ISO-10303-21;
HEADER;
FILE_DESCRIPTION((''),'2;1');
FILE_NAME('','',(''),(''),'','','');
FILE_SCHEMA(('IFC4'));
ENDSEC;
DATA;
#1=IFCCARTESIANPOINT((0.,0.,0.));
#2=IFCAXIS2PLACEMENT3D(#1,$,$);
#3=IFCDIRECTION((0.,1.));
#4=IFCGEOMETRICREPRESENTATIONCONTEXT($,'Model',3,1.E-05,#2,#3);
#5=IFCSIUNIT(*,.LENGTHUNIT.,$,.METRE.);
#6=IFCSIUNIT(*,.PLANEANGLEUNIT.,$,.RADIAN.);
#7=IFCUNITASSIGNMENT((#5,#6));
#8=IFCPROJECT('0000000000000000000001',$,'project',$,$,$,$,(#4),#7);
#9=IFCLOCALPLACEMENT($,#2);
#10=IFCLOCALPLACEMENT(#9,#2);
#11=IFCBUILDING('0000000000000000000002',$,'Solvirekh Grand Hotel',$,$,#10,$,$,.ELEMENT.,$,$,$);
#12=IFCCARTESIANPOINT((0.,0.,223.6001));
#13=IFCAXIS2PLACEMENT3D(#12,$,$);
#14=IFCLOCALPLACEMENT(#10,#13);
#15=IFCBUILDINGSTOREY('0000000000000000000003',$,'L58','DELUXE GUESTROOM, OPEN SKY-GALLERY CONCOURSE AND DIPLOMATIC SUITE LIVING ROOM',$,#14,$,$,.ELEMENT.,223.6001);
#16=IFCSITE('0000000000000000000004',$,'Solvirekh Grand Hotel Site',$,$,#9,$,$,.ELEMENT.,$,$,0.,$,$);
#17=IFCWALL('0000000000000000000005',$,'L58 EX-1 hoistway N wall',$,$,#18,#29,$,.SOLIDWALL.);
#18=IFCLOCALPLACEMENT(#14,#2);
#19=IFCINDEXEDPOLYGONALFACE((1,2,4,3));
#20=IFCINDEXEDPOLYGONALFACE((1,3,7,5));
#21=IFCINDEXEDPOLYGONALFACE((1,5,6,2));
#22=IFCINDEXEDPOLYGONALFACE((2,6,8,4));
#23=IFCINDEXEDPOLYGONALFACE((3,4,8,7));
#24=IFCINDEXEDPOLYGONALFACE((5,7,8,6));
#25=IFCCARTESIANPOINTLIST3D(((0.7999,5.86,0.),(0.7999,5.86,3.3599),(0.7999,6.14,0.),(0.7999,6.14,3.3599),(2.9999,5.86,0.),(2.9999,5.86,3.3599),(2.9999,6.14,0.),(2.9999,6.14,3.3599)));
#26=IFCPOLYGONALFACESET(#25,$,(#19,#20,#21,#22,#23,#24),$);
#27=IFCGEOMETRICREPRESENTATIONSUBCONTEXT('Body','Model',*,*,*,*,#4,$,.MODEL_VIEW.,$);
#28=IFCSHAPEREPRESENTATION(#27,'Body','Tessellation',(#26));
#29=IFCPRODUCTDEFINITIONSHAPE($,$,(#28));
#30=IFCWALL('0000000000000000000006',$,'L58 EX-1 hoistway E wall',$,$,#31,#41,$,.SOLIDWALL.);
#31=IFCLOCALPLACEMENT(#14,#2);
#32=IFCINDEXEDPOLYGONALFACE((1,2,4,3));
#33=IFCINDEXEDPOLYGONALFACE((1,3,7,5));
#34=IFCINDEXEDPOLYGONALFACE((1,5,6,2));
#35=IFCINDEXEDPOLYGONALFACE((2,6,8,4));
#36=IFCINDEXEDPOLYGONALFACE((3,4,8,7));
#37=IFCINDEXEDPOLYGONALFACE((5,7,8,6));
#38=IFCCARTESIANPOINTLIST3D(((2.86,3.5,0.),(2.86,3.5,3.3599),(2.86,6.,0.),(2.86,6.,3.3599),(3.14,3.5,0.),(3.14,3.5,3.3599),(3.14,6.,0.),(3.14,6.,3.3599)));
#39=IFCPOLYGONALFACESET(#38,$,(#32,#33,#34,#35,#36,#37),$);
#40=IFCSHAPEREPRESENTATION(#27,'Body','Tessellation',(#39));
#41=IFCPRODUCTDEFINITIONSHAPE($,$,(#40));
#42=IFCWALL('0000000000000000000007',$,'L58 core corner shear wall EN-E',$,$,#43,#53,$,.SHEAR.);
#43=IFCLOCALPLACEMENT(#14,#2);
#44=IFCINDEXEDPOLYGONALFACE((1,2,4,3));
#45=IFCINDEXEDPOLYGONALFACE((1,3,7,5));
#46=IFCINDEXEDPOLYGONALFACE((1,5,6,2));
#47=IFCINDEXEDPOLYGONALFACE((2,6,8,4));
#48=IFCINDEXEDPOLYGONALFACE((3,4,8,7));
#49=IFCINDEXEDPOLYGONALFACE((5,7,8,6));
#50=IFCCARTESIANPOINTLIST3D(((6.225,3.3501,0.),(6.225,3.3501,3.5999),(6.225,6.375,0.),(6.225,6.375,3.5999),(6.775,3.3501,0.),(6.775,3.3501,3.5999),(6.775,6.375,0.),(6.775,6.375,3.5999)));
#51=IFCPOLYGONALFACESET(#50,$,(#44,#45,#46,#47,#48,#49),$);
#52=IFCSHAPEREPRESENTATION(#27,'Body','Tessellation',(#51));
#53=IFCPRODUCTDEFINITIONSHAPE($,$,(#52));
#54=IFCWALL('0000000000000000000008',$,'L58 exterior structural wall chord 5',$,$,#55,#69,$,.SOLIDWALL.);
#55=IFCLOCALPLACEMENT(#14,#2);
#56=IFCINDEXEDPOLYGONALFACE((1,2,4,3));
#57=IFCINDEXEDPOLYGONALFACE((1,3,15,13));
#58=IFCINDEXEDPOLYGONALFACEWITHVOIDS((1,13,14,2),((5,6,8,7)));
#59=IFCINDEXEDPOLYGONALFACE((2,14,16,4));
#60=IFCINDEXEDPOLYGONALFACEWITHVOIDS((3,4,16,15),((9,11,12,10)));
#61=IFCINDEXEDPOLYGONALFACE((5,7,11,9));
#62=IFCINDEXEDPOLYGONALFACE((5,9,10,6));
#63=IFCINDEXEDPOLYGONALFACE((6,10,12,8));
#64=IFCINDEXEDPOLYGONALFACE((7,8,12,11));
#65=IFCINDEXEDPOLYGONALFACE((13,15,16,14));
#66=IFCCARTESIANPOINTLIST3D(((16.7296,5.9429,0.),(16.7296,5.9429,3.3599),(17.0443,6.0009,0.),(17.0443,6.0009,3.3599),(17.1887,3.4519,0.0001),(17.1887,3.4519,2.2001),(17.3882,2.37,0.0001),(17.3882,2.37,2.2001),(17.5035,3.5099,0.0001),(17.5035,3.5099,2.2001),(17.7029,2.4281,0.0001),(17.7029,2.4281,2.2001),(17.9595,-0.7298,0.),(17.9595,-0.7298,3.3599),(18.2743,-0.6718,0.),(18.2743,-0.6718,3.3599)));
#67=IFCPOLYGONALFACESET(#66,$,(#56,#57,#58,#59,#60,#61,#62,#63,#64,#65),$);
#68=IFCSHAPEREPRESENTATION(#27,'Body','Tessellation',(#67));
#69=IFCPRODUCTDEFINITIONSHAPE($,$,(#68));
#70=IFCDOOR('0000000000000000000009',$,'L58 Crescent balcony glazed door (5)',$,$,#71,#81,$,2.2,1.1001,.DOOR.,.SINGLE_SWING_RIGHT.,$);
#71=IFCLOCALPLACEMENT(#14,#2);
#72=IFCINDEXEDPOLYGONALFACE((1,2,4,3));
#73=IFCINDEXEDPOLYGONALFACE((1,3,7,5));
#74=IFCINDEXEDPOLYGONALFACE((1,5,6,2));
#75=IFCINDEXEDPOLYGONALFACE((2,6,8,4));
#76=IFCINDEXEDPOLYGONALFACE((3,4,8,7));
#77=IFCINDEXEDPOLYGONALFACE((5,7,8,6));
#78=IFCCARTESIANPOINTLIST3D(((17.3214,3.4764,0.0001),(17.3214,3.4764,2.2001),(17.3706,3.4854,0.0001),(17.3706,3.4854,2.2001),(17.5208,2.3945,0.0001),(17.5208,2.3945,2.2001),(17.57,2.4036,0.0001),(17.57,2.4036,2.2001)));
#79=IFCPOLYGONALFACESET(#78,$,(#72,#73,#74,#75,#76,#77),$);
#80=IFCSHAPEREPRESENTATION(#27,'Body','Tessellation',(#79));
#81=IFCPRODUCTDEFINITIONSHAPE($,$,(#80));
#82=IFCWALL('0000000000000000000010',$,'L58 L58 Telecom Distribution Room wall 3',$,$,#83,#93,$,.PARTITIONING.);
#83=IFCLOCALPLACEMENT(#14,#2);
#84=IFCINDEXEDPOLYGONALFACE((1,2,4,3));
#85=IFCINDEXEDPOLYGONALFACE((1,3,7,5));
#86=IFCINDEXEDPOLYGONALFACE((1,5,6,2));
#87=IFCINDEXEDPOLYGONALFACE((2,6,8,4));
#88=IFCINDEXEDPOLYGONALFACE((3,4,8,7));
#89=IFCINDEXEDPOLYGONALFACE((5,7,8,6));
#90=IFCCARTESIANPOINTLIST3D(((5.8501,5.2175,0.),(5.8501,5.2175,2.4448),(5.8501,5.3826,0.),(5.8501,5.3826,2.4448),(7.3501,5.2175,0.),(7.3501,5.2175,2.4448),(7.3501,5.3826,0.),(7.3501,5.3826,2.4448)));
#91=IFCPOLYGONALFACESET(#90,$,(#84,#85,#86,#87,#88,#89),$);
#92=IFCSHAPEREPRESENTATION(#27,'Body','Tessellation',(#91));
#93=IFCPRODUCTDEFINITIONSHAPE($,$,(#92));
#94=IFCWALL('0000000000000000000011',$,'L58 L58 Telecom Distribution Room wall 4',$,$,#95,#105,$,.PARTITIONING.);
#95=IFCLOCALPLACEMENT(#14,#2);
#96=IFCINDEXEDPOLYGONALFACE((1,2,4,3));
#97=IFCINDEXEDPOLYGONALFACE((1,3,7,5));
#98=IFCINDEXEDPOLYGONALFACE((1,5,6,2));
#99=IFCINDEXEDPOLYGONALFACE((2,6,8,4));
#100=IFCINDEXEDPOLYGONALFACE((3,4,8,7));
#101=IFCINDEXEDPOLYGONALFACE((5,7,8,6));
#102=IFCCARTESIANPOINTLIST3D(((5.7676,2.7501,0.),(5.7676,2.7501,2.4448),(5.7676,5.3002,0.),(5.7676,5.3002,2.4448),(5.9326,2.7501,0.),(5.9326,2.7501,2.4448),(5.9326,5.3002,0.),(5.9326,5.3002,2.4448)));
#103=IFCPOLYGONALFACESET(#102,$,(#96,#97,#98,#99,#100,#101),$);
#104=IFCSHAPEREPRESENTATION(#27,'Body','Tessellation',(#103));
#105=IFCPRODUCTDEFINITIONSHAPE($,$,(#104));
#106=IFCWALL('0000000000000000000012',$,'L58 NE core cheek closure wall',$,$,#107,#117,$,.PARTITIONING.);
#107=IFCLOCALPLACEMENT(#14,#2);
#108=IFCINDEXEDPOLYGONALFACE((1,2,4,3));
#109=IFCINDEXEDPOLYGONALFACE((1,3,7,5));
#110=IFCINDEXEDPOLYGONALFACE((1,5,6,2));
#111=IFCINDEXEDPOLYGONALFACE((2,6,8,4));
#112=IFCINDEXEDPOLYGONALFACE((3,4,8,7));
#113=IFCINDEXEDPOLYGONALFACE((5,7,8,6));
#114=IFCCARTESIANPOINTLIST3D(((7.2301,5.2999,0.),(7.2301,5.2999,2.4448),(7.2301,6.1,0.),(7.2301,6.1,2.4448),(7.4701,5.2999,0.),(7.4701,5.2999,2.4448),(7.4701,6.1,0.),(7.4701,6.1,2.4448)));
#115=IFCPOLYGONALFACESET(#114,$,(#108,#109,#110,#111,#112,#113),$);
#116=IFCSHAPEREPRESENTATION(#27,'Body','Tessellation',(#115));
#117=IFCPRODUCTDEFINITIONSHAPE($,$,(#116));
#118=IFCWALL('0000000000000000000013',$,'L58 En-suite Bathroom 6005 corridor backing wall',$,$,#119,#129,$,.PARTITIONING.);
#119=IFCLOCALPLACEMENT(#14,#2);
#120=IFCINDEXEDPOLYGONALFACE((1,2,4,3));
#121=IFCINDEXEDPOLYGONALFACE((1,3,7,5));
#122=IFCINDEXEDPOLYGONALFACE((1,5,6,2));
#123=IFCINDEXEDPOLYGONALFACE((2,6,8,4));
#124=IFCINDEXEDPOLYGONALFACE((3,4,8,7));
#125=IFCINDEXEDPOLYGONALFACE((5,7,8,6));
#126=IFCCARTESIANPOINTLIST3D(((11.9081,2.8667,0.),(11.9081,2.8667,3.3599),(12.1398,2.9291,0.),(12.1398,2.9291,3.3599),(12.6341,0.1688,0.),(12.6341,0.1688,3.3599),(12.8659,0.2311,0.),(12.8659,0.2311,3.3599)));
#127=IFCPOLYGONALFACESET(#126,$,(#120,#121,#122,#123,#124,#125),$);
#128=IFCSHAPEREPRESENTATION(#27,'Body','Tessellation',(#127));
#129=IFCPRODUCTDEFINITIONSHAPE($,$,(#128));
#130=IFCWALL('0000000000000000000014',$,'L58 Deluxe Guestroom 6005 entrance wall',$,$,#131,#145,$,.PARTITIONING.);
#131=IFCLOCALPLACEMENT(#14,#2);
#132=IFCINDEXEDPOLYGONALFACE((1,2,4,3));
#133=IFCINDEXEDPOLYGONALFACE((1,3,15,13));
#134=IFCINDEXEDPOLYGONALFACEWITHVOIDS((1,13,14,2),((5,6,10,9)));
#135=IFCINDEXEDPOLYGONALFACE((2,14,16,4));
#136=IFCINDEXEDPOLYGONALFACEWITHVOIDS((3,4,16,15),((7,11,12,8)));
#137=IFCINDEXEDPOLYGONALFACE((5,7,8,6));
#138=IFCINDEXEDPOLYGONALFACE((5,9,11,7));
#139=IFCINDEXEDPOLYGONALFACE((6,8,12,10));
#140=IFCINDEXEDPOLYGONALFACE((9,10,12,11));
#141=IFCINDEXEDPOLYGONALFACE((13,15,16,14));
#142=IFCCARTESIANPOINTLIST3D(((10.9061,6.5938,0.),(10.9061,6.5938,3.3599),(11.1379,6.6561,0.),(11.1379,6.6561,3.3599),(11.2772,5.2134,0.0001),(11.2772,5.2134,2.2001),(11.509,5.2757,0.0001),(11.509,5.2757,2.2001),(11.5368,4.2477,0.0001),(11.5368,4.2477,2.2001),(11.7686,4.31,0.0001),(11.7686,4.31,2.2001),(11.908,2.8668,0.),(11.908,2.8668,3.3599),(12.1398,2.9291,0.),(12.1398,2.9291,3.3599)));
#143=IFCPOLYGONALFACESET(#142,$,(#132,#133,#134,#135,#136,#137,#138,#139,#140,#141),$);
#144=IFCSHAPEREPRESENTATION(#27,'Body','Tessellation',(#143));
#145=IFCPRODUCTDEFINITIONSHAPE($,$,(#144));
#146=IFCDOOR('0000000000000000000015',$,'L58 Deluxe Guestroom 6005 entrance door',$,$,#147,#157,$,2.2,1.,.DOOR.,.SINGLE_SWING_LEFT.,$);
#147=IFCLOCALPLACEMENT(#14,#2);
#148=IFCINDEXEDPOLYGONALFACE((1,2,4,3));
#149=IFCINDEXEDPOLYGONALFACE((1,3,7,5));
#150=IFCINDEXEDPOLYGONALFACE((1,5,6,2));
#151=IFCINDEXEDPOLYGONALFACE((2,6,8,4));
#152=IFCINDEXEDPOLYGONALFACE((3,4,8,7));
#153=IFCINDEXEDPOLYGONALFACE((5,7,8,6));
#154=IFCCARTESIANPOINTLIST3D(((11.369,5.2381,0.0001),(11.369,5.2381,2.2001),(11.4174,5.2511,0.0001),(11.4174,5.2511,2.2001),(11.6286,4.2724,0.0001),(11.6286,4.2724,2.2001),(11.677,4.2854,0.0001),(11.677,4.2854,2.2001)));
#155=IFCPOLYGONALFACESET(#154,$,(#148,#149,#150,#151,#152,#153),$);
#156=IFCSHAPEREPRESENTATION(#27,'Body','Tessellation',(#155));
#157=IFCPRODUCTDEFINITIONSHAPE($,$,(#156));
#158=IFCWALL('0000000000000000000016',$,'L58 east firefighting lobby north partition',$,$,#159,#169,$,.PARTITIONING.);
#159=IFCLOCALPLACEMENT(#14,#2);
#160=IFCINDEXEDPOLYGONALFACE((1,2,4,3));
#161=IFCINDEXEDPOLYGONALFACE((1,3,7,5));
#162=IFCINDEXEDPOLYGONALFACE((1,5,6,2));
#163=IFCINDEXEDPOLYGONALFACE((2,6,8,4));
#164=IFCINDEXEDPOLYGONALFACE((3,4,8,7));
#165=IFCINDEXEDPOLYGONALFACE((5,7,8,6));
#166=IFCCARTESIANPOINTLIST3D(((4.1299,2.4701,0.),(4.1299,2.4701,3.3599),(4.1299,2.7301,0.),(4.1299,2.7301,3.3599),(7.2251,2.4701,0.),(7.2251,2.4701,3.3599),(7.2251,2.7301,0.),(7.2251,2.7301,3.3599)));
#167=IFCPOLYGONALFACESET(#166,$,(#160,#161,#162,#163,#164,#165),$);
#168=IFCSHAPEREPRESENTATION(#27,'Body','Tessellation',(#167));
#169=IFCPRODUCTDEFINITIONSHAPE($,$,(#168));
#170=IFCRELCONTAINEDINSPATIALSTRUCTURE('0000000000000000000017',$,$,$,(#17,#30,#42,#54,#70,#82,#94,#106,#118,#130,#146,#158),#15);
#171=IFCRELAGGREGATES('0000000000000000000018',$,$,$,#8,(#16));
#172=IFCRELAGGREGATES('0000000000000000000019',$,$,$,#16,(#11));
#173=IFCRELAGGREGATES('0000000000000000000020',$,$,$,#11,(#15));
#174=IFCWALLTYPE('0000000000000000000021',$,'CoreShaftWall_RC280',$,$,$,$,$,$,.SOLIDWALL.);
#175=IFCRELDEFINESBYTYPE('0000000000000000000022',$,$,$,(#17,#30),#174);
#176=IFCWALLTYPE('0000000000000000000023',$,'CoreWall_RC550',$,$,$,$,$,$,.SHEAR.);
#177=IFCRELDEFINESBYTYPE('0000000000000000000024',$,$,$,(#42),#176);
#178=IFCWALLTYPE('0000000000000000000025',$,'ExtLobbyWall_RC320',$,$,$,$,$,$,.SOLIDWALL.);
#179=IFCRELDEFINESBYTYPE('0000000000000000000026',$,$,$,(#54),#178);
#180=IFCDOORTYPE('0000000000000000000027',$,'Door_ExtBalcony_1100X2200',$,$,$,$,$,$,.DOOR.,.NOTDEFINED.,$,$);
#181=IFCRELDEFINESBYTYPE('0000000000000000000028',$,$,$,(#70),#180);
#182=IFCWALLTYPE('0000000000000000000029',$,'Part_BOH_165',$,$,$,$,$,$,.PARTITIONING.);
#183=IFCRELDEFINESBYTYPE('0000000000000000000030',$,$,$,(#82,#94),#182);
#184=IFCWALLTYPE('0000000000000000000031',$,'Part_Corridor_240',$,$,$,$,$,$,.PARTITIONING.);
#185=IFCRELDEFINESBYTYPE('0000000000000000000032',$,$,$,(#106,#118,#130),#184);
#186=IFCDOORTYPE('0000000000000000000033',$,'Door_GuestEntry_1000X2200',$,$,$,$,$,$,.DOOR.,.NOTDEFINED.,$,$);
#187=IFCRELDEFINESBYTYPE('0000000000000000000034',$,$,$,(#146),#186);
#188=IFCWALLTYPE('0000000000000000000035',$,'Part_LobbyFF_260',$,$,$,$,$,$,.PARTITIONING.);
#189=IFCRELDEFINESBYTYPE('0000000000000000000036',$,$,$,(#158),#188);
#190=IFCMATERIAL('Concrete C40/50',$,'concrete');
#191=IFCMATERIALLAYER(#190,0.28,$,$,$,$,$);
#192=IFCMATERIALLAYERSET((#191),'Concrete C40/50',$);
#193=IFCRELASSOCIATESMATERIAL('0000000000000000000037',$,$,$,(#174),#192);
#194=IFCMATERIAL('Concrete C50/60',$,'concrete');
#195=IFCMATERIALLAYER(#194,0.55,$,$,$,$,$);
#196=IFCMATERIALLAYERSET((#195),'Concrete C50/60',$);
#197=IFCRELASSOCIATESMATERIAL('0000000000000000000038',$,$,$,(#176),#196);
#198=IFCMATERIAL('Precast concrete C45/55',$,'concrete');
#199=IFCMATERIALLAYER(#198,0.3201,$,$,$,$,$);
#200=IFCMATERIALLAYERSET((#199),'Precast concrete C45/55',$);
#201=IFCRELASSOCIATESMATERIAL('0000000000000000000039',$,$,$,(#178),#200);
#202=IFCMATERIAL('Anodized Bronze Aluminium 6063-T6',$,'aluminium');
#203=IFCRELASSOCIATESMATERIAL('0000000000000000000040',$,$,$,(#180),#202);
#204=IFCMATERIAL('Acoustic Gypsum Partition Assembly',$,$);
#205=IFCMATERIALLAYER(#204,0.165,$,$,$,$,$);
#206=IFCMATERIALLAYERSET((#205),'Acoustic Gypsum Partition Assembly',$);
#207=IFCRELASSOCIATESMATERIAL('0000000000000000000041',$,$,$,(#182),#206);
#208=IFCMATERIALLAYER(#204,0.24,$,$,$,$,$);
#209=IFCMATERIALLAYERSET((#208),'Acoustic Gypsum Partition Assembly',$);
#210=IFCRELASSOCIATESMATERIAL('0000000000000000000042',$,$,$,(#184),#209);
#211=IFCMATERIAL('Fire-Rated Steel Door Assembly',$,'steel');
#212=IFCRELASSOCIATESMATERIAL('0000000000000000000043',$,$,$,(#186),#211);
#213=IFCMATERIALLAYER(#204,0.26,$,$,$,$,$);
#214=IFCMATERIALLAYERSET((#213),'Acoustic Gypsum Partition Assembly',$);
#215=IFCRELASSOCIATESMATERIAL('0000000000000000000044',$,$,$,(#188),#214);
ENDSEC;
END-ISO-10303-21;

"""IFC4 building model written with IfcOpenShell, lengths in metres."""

from ifc_helpers import new_model, si_unit, direction, frame, frame_2d, origin, place, context, subcontext, project, spatial, rectangle, extrude, material, layer, layer_set, type_object, element, fill, save


model = new_model("IFC4")

# Units and contexts
model_context = context("Model", 3, precision=1e-05, world=origin(), true_north=direction((0.0, 1.0)))
body_context = subcontext(model_context, "Body", "Model", "MODEL_VIEW")
ifc_project = project(units=[si_unit("LENGTHUNIT", "METRE"), si_unit("PLANEANGLEUNIT", "RADIAN")], contexts=[model_context])

# Site, building, storey
site_placement = place(None, origin())
site = spatial("IfcSite", under=ifc_project, at=site_placement, Name="Solvirekh Grand Hotel Site", CompositionType="ELEMENT", RefElevation=0.0)
building_placement = place(site_placement, origin())
building = spatial("IfcBuilding", under=site, at=building_placement, Name="Solvirekh Grand Hotel", CompositionType="ELEMENT")
storey_placement = place(building_placement, frame((0.0, 0.0, 223.6001)))
storey = spatial("IfcBuildingStorey", under=building, at=storey_placement, Name="L58", Description="DELUXE GUESTROOM, OPEN SKY-GALLERY CONCOURSE AND DIPLOMATIC SUITE LIVING ROOM", CompositionType="ELEMENT", Elevation=223.6001)

# Walls
ifc_material_1 = material(Name="Concrete C40/50", Category="concrete")
ifc_layer_1 = layer(ifc_material_1, 0.28)
ifc_layer_set_1 = layer_set([ifc_layer_1], Name="Concrete C40/50")
wall_type_1 = type_object("IfcWallType", Name="CoreShaftWall_RC280", PredefinedType="SOLIDWALL", material=ifc_layer_set_1)
wall_1_placement = place(storey_placement, frame((3.0, 6.0, 0.0), z_axis=(0.0, 0.0, 1.0), x_axis=(-1.0, 0.0, 0.0)))
element("IfcWall", 1, at=wall_1_placement, inside=storey, type_object=wall_type_1, Name="L58 EX-1 hoistway N wall", PredefinedType="SOLIDWALL", context=body_context, shape_type="SweptSolid", body=[
    extrude(rectangle(XDim=2.2, YDim=0.28, at=frame_2d((1.1001, 0.0))), origin(), (0.0, 0.0, 1.0), 3.3599),
])
wall_2_placement = place(storey_placement, frame((3.0, 3.5, 0.0), z_axis=(0.0, 0.0, 1.0), x_axis=(0.0, 1.0, 0.0)))
element("IfcWall", 2, at=wall_2_placement, inside=storey, type_object=wall_type_1, Name="L58 EX-1 hoistway E wall", PredefinedType="SOLIDWALL", context=body_context, shape_type="SweptSolid", body=[
    extrude(rectangle(XDim=2.5, YDim=0.28, at=frame_2d((1.25, 0.0))), origin(), (0.0, 0.0, 1.0), 3.3599),
])
ifc_material_2 = material(Name="Concrete C50/60", Category="concrete")
ifc_layer_2 = layer(ifc_material_2, 0.55)
ifc_layer_set_2 = layer_set([ifc_layer_2], Name="Concrete C50/60")
wall_type_2 = type_object("IfcWallType", Name="CoreWall_RC550", PredefinedType="SHEAR", material=ifc_layer_set_2)
wall_3_placement = place(storey_placement, frame((6.5, 3.3501, 0.0), z_axis=(0.0, 0.0, 1.0), x_axis=(0.0, 1.0, 0.0)))
element("IfcWall", 3, at=wall_3_placement, inside=storey, type_object=wall_type_2, Name="L58 core corner shear wall EN-E", PredefinedType="SHEAR", context=body_context, shape_type="SweptSolid", body=[
    extrude(rectangle(XDim=3.0249, YDim=0.55, at=frame_2d((1.5125, 0.0))), origin(), (0.0, 0.0, 1.0), 3.5999),
])

# Wall, opening, door
ifc_material_3 = material(Name="Precast concrete C45/55", Category="concrete")
ifc_layer_3 = layer(ifc_material_3, 0.3201)
ifc_layer_set_3 = layer_set([ifc_layer_3], Name="Precast concrete C45/55")
wall_type_3 = type_object("IfcWallType", Name="ExtLobbyWall_RC320", PredefinedType="SOLIDWALL", material=ifc_layer_set_3)
wall_4_placement = place(storey_placement, frame((16.887, 5.9719, 0.0), z_axis=(0.0, 0.0, 1.0), x_axis=(0.181272, -0.983433, 0.0)))
wall_4 = element("IfcWall", 4, at=wall_4_placement, inside=storey, type_object=wall_type_3, Name="L58 exterior structural wall chord 5", PredefinedType="SOLIDWALL", context=body_context, shape_type="SweptSolid", body=[
    extrude(rectangle(XDim=6.7852, YDim=0.3201, at=frame_2d((3.3926, 0.0))), origin(), (0.0, 0.0, 1.0), 3.3599),
])
opening_1_placement = place(wall_4_placement, frame((2.533, 0.0, 0.0)))
opening_1 = element("IfcOpeningElement", 5, at=opening_1_placement, cuts=wall_4, PredefinedType="OPENING", context=body_context, shape_type="SweptSolid", body=[
    extrude(rectangle(XDim=1.1001, YDim=2.2, at=frame_2d((0.55, 1.1001))), frame((0.0, 0.1699, 0.0), z_axis=(0.0, -1.0, 0.0), x_axis=(1.0, 0.0, 0.0)), (0.0, 0.0, 1.0), 0.3401),
])
ifc_material_4 = material(Name="Anodized Bronze Aluminium 6063-T6", Category="aluminium")
door_type_1 = type_object("IfcDoorType", Name="Door_ExtBalcony_1100X2200", OperationType="NOTDEFINED", PredefinedType="DOOR", material=ifc_material_4)
door_1_placement = place(opening_1_placement, origin())
door_1 = element("IfcDoor", 6, at=door_1_placement, inside=storey, type_object=door_type_1, Name="L58 Crescent balcony glazed door (5)", OperationType="SINGLE_SWING_RIGHT", OverallHeight=2.2, OverallWidth=1.1001, PredefinedType="DOOR", context=body_context, shape_type="SweptSolid", body=[
    extrude(rectangle(XDim=1.1001, YDim=2.2, at=frame_2d((0.55, 1.1001))), frame((0.0, 0.0249, 0.0), z_axis=(0.0, -1.0, 0.0), x_axis=(1.0, 0.0, 0.0)), (0.0, 0.0, 1.0), 0.05),
])
fill(opening_1, door_1)
ifc_material_5 = material(Name="Acoustic Gypsum Partition Assembly")
ifc_layer_4 = layer(ifc_material_5, 0.165)
ifc_layer_set_4 = layer_set([ifc_layer_4], Name="Acoustic Gypsum Partition Assembly")
wall_type_4 = type_object("IfcWallType", Name="Part_BOH_165", PredefinedType="PARTITIONING", material=ifc_layer_set_4)
ifc_material_6 = material(Name="Fire-Rated Steel Door Assembly", Category="steel")

# Walls
wall_5_placement = place(storey_placement, frame((7.3501, 5.3, 0.0), z_axis=(0.0, 0.0, 1.0), x_axis=(-1.0, 0.0, 0.0)))
element("IfcWall", 7, at=wall_5_placement, inside=storey, type_object=wall_type_4, Name="L58 L58 Telecom Distribution Room wall 3", PredefinedType="PARTITIONING", context=body_context, shape_type="SweptSolid", body=[
    extrude(rectangle(XDim=1.5, YDim=0.165, at=frame_2d((0.75, 0.0))), origin(), (0.0, 0.0, 1.0), 2.4448),
])
wall_6_placement = place(storey_placement, frame((5.8501, 5.3, 0.0), z_axis=(0.0, 0.0, 1.0), x_axis=(0.0, -1.0, 0.0)))
element("IfcWall", 8, at=wall_6_placement, inside=storey, type_object=wall_type_4, Name="L58 L58 Telecom Distribution Room wall 4", PredefinedType="PARTITIONING", context=body_context, shape_type="SweptSolid", body=[
    extrude(rectangle(XDim=2.55, YDim=0.165, at=frame_2d((1.2749, 0.0))), origin(), (0.0, 0.0, 1.0), 2.4448),
])
ifc_layer_5 = layer(ifc_material_5, 0.24)
ifc_layer_set_5 = layer_set([ifc_layer_5], Name="Acoustic Gypsum Partition Assembly")
wall_type_5 = type_object("IfcWallType", Name="Part_Corridor_240", PredefinedType="PARTITIONING", material=ifc_layer_set_5)
wall_7_placement = place(storey_placement, frame((7.3501, 5.3, 0.0), z_axis=(0.0, 0.0, 1.0), x_axis=(0.0, 1.0, 0.0)))
element("IfcWall", 9, at=wall_7_placement, inside=storey, type_object=wall_type_5, Name="L58 NE core cheek closure wall", PredefinedType="PARTITIONING", context=body_context, shape_type="SweptSolid", body=[
    extrude(rectangle(XDim=0.8, YDim=0.24, at=frame_2d((0.3999, 0.0))), origin(), (0.0, 0.0, 1.0), 2.4448),
])
wall_8_placement = place(storey_placement, frame((12.75, 0.2, 0.0), z_axis=(0.0, 0.0, 1.0), x_axis=(-0.25987, 0.965644, 0.0)))
element("IfcWall", 10, at=wall_8_placement, inside=storey, type_object=wall_type_5, Name="L58 En-suite Bathroom 6005 corridor backing wall", PredefinedType="PARTITIONING", context=body_context, shape_type="SweptSolid", body=[
    extrude(rectangle(XDim=2.7939, YDim=0.24, at=frame_2d((1.397, 0.0))), origin(), (0.0, 0.0, 1.0), 3.3599),
])

# Wall, opening, door
wall_9_placement = place(storey_placement, frame((12.0239, 2.8979, 0.0), z_axis=(0.0, 0.0, 1.0), x_axis=(-0.259615, 0.965712, 0.0)))
wall_9 = element("IfcWall", 11, at=wall_9_placement, inside=storey, type_object=wall_type_5, Name="L58 Deluxe Guestroom 6005 entrance wall", PredefinedType="PARTITIONING", context=body_context, shape_type="SweptSolid", body=[
    extrude(rectangle(XDim=3.8594, YDim=0.24, at=frame_2d((1.9297, 0.0))), origin(), (0.0, 0.0, 1.0), 3.3599),
])
opening_2_placement = place(wall_9_placement, frame((1.4299, 0.0, 0.0)))
opening_2 = element("IfcOpeningElement", 12, at=opening_2_placement, cuts=wall_9, PredefinedType="OPENING", context=body_context, shape_type="SweptSolid", body=[
    extrude(rectangle(XDim=1.0, YDim=2.2, at=frame_2d((0.5, 1.1001))), frame((0.0, 0.1299, 0.0), z_axis=(0.0, -1.0, 0.0), x_axis=(1.0, 0.0, 0.0)), (0.0, 0.0, 1.0), 0.26),
])
door_type_2 = type_object("IfcDoorType", Name="Door_GuestEntry_1000X2200", OperationType="NOTDEFINED", PredefinedType="DOOR", material=ifc_material_6)
door_2_placement = place(opening_2_placement, origin())
door_2 = element("IfcDoor", 13, at=door_2_placement, inside=storey, type_object=door_type_2, Name="L58 Deluxe Guestroom 6005 entrance door", OperationType="SINGLE_SWING_LEFT", OverallHeight=2.2, OverallWidth=1.0, PredefinedType="DOOR", context=body_context, shape_type="SweptSolid", body=[
    extrude(rectangle(XDim=1.0, YDim=2.2, at=frame_2d((0.5, 1.1001))), frame((0.0, 0.0249, 0.0), z_axis=(0.0, -1.0, 0.0), x_axis=(1.0, 0.0, 0.0)), (0.0, 0.0, 1.0), 0.05),
])
fill(opening_2, door_2)

# Wall
ifc_layer_6 = layer(ifc_material_5, 0.26)
ifc_layer_set_6 = layer_set([ifc_layer_6], Name="Acoustic Gypsum Partition Assembly")
wall_type_6 = type_object("IfcWallType", Name="Part_LobbyFF_260", PredefinedType="PARTITIONING", material=ifc_layer_set_6)
wall_10_placement = place(storey_placement, frame((4.1299, 2.6001, 0.0), z_axis=(0.0, 0.0, 1.0), x_axis=(1.0, 0.0, 0.0)))
element("IfcWall", 14, at=wall_10_placement, inside=storey, type_object=wall_type_6, Name="L58 east firefighting lobby north partition", PredefinedType="PARTITIONING", context=body_context, shape_type="SweptSolid", body=[
    extrude(rectangle(XDim=3.0952, YDim=0.26, at=frame_2d((1.5476, 0.0))), origin(), (0.0, 0.0, 1.0), 3.3599),
])

save(model, "model.ifc")
